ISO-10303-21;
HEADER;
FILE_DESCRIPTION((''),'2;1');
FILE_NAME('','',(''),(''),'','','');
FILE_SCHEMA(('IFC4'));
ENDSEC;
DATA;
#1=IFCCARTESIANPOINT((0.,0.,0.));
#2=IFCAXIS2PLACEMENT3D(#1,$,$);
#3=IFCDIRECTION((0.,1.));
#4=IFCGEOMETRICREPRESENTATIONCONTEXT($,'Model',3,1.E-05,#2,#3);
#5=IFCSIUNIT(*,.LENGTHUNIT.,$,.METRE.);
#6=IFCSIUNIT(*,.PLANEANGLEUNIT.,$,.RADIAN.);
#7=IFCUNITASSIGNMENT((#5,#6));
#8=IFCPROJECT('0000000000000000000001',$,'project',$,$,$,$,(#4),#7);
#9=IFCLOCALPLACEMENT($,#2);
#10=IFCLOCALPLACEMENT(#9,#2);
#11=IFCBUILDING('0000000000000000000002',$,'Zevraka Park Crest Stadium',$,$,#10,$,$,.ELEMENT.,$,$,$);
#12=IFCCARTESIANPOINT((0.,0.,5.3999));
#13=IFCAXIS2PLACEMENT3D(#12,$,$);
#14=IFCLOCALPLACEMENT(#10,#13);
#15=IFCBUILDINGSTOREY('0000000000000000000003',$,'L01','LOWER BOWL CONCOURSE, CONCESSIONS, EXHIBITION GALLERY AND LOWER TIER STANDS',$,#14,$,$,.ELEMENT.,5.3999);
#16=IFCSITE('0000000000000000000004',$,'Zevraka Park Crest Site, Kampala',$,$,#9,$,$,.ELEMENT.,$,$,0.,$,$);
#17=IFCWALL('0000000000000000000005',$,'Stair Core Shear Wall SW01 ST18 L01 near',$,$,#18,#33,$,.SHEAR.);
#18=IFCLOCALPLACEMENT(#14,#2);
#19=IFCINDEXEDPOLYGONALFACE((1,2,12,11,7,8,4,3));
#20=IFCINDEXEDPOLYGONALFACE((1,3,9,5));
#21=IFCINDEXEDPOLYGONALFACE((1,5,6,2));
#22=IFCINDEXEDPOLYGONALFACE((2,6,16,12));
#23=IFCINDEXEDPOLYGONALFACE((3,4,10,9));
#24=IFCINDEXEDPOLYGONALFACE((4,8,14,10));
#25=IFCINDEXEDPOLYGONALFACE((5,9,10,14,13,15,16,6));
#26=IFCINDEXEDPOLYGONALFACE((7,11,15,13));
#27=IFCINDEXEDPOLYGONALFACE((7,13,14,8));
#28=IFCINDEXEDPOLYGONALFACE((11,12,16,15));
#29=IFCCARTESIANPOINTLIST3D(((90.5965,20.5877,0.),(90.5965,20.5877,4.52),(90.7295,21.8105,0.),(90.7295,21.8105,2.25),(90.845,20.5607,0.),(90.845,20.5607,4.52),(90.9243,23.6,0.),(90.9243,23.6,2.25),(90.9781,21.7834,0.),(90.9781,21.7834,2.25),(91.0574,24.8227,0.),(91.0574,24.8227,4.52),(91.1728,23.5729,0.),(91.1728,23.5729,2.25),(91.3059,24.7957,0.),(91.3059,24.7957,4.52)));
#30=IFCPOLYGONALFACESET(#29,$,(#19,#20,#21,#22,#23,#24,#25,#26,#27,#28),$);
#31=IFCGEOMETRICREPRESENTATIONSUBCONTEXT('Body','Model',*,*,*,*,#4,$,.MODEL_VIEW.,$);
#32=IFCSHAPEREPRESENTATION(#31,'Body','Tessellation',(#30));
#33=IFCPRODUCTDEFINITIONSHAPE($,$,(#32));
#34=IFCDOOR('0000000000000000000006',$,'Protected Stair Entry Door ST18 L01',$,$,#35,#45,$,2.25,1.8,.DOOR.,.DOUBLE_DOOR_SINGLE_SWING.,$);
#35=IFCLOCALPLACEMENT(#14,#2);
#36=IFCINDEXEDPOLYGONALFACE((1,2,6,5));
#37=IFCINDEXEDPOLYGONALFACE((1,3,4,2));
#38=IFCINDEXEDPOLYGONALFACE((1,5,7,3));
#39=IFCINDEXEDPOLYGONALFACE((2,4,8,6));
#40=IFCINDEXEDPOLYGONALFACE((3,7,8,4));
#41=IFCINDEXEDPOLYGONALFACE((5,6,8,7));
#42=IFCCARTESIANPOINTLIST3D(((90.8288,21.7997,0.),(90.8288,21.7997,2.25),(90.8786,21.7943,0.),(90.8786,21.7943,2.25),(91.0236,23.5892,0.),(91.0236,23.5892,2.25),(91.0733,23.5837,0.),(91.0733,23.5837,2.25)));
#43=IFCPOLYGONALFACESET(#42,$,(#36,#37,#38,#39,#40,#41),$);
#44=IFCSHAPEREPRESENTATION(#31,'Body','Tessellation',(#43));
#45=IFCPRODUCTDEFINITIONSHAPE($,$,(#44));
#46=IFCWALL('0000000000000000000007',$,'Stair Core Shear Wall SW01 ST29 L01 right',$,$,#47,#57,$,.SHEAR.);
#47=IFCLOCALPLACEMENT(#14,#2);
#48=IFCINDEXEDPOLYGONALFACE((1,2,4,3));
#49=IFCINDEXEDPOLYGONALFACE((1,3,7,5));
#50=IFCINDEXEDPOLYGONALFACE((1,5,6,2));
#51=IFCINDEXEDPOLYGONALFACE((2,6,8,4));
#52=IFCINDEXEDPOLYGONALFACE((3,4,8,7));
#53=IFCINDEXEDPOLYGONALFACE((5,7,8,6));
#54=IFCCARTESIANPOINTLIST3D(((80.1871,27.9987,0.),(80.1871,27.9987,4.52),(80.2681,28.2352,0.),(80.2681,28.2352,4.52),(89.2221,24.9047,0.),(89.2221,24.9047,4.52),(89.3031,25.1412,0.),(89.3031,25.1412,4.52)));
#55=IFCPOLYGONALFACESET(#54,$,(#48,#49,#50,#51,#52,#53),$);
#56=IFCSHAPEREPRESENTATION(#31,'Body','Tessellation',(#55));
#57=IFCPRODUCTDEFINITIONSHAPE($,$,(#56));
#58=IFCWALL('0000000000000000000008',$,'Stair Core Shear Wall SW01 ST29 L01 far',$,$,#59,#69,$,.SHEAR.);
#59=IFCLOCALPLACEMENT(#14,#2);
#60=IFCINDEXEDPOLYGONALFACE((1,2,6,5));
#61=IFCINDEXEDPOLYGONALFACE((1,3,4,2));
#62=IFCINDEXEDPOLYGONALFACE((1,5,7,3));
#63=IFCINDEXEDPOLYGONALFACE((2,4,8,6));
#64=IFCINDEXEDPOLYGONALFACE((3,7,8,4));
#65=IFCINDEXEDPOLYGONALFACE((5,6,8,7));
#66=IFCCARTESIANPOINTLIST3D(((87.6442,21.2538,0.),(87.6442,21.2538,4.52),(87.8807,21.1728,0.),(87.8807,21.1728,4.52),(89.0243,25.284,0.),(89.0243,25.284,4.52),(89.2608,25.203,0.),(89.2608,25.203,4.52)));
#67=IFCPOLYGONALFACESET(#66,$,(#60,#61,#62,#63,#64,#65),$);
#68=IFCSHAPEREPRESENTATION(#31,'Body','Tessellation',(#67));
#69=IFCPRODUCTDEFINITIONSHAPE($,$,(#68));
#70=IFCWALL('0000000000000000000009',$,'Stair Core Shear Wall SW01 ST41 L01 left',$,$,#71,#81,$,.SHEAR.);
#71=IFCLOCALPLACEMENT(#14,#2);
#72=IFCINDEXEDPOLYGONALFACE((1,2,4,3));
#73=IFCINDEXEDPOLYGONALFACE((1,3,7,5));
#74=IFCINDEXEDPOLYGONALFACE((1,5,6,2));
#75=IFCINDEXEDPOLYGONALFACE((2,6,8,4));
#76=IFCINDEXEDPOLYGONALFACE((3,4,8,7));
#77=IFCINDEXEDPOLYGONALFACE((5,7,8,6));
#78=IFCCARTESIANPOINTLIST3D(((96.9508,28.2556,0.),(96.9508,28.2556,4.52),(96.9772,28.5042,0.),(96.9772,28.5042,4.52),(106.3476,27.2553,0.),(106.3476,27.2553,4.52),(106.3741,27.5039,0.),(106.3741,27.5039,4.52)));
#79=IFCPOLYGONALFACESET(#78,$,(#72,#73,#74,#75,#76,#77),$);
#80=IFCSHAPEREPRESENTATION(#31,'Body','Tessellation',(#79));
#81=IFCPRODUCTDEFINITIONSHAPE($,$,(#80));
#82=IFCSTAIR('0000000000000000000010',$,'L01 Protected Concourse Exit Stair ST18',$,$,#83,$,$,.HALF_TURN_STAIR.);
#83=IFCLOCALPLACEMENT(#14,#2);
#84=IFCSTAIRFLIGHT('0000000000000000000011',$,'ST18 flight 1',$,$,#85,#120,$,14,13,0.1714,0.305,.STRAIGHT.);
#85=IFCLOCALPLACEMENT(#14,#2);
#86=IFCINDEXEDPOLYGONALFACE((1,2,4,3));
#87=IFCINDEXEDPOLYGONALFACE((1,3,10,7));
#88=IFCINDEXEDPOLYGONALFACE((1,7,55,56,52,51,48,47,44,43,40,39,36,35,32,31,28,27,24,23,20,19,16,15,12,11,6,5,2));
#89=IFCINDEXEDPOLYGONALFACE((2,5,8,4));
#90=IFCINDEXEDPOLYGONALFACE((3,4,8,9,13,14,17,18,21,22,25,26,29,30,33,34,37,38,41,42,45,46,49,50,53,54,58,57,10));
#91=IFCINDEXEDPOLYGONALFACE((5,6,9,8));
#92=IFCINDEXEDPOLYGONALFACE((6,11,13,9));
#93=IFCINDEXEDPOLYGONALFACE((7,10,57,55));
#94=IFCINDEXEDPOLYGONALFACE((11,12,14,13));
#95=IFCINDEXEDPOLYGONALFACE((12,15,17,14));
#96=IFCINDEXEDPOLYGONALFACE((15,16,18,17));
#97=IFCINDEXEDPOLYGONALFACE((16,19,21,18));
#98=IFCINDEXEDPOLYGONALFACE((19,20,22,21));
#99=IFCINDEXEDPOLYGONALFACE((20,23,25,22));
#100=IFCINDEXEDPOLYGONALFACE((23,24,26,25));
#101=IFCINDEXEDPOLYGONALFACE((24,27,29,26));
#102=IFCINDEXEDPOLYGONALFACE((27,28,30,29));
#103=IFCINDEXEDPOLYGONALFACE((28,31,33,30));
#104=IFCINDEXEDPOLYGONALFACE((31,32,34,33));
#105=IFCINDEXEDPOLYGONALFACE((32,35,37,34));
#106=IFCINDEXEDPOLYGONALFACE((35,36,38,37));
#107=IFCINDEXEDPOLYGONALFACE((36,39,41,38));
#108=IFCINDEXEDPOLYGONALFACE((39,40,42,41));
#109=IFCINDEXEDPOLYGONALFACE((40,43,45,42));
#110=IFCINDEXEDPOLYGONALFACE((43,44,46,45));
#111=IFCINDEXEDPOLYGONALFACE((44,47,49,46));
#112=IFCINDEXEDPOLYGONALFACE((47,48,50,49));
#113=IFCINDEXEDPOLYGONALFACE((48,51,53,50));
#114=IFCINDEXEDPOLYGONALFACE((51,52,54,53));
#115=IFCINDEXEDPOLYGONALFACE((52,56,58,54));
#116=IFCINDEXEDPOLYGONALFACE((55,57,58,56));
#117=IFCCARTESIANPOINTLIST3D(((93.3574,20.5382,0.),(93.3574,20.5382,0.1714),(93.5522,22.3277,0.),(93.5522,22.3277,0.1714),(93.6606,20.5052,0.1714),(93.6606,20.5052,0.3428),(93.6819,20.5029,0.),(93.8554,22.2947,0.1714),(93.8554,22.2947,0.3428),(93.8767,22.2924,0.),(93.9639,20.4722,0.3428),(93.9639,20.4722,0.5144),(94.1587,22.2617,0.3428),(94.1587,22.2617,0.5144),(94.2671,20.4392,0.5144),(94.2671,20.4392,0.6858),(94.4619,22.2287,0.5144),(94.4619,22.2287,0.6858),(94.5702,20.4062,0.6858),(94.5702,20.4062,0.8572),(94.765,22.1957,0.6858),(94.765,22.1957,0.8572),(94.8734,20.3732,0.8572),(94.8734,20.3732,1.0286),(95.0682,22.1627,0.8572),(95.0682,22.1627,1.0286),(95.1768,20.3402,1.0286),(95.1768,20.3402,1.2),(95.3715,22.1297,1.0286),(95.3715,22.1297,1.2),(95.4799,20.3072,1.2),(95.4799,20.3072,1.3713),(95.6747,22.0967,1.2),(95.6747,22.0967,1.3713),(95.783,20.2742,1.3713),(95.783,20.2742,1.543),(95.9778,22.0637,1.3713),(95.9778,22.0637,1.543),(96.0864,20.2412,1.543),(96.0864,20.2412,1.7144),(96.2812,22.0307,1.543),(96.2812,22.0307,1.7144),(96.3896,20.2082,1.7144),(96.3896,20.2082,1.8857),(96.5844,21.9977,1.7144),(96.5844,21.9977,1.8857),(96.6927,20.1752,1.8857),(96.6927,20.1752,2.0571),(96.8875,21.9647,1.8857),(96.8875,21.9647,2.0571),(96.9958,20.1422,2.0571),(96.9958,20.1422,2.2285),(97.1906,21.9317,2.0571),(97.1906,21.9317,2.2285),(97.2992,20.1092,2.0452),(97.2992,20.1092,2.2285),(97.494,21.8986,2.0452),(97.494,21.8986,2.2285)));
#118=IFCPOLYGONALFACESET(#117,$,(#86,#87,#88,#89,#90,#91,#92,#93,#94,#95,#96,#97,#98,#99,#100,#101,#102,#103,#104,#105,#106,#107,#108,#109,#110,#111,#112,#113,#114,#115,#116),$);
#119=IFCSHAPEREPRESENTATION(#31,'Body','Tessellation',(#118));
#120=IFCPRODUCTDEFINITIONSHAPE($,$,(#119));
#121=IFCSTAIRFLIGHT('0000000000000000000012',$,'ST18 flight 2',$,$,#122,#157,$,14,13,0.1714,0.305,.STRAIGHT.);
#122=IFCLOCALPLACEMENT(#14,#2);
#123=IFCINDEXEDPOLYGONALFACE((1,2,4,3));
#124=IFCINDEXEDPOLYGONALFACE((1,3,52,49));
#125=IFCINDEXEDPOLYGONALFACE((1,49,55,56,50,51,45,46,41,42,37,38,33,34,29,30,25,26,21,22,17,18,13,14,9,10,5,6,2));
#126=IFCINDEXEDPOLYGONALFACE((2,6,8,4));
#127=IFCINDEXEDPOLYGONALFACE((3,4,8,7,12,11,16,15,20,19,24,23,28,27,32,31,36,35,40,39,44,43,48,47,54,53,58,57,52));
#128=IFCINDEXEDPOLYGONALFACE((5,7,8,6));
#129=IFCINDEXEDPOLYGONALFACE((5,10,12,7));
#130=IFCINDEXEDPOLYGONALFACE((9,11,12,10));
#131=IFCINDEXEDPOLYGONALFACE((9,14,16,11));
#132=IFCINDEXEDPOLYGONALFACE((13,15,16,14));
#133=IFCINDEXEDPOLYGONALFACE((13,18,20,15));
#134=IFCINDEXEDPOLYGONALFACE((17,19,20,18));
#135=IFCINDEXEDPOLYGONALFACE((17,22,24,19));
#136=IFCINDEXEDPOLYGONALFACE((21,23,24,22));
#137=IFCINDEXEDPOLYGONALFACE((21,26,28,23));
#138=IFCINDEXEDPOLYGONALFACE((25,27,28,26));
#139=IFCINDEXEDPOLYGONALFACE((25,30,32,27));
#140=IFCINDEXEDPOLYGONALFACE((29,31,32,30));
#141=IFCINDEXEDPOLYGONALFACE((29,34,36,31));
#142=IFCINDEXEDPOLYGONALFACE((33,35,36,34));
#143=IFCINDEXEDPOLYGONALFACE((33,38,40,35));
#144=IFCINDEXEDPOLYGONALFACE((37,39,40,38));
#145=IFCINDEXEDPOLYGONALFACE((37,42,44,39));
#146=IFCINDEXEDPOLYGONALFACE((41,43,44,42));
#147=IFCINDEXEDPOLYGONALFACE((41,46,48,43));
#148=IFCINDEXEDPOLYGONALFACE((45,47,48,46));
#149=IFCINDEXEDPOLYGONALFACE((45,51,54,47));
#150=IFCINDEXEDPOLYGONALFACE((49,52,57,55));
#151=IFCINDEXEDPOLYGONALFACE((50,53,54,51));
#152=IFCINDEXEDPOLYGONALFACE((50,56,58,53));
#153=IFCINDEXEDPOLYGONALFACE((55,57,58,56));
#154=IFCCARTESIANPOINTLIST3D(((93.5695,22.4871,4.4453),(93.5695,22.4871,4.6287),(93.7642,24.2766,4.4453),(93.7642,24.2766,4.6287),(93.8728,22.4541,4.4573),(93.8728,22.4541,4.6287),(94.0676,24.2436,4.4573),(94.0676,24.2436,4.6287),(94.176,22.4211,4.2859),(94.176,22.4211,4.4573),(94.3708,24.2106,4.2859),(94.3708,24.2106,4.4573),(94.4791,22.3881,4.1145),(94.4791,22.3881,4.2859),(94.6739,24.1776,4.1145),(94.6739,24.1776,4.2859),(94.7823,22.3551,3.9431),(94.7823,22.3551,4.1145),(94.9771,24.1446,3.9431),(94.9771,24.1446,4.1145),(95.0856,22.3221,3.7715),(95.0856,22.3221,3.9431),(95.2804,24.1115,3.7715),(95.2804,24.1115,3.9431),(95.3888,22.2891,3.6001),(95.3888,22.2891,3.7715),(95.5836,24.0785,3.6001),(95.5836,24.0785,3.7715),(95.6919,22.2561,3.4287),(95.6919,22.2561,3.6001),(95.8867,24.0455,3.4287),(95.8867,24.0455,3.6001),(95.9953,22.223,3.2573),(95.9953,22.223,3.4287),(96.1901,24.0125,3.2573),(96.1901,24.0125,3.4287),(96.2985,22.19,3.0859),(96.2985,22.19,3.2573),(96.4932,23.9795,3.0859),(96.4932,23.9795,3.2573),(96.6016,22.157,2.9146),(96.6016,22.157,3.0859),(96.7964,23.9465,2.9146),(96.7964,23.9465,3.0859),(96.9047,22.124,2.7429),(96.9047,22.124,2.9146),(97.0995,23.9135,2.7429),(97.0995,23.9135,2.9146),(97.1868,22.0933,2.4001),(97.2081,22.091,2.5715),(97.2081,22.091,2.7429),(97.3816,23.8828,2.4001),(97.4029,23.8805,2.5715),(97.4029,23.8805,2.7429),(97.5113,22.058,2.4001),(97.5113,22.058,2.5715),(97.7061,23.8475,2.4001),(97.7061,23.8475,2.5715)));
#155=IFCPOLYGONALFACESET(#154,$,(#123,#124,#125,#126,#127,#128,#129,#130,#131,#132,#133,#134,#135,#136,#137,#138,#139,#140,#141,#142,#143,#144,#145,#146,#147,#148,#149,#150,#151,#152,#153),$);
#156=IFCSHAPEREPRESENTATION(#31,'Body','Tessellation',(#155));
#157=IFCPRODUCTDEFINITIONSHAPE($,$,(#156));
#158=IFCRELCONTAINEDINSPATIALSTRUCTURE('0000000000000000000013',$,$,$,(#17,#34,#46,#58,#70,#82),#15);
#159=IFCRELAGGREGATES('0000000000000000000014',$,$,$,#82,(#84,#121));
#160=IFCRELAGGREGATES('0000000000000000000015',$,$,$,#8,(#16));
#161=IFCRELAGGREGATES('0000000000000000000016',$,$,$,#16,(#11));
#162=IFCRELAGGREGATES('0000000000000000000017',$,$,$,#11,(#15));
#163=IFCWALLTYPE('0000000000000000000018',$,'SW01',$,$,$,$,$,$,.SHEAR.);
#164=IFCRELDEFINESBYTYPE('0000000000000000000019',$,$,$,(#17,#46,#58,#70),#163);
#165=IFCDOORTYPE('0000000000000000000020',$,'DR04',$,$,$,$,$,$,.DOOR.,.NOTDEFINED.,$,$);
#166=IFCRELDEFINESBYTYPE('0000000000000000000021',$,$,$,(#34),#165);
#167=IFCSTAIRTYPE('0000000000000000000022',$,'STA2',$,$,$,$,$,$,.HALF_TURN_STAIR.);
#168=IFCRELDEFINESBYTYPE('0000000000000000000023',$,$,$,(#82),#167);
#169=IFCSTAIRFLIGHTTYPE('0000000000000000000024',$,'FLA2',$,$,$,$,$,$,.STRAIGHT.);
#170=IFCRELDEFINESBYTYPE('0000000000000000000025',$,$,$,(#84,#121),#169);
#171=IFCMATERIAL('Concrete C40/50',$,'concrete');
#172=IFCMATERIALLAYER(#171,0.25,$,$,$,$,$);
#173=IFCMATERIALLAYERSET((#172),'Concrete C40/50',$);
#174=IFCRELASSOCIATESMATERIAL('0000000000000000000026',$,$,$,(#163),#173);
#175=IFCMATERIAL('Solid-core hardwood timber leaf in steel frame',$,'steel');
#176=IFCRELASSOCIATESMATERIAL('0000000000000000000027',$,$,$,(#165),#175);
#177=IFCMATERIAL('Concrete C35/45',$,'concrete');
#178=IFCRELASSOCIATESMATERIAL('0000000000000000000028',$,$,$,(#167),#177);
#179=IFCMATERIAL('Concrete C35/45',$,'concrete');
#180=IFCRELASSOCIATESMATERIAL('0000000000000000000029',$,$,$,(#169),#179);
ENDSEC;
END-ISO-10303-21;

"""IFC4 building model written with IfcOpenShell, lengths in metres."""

from ifc_helpers import new_model, si_unit, direction, frame, frame_2d, origin, place, context, subcontext, project, spatial, polyline, rectangle, outline, extrude, material, layer, layer_set, type_object, element, fill, aggregate, save


model = new_model("IFC4")

# Units and contexts
model_context = context("Model", 3, precision=1e-05, world=origin(), true_north=direction((0.0, 1.0)))
body_context = subcontext(model_context, "Body", "Model", "MODEL_VIEW")
ifc_project = project(units=[si_unit("LENGTHUNIT", "METRE"), si_unit("PLANEANGLEUNIT", "RADIAN")], contexts=[model_context])

# Site, building, storey
site_placement = place(None, origin())
site = spatial("IfcSite", under=ifc_project, at=site_placement, Name="Zevraka Park Crest Site, Kampala", CompositionType="ELEMENT", RefElevation=0.0)
building_placement = place(site_placement, origin())
building = spatial("IfcBuilding", under=site, at=building_placement, Name="Zevraka Park Crest Stadium", CompositionType="ELEMENT")
storey_placement = place(building_placement, frame((0.0, 0.0, 5.3999)))
storey = spatial("IfcBuildingStorey", under=building, at=storey_placement, Name="L01", Description="LOWER BOWL CONCOURSE, CONCESSIONS, EXHIBITION GALLERY AND LOWER TIER STANDS", CompositionType="ELEMENT", Elevation=5.3999)

# Shared definitions
ifc_material_1 = material(Name="Concrete C40/50", Category="concrete")
ifc_layer_1 = layer(ifc_material_1, 0.25)
ifc_layer_set_1 = layer_set([ifc_layer_1], Name="Concrete C40/50")
wall_type_1 = type_object("IfcWallType", Name="SW01", PredefinedType="SHEAR", material=ifc_layer_set_1)

# Wall, opening, door
wall_1_placement = place(storey_placement, frame((91.1816, 24.8091, 0.0), z_axis=(0.0, 0.0, 1.0), x_axis=(-0.108198, -0.994129, 0.0)))
wall_1 = element("IfcWall", 1, at=wall_1_placement, inside=storey, type_object=wall_type_1, Name="Stair Core Shear Wall SW01 ST18 L01 near", PredefinedType="SHEAR", context=body_context, shape_type="SweptSolid", body=[
    extrude(rectangle(XDim=4.26, YDim=0.25, at=frame_2d((2.1299, 0.0))), origin(), (0.0, 0.0, 1.0), 4.52),
])
opening_1_placement = place(wall_1_placement, frame((1.23, 0.0, 0.0)))
opening_1 = element("IfcOpeningElement", 2, at=opening_1_placement, cuts=wall_1, PredefinedType="OPENING", context=body_context, shape_type="SweptSolid", body=[
    extrude(rectangle(XDim=1.8, YDim=2.25, at=frame_2d((0.8999, 1.125))), frame((0.0, 0.135, 0.0), z_axis=(0.0, -1.0, 0.0), x_axis=(1.0, 0.0, 0.0)), (0.0, 0.0, 1.0), 0.27),
])
ifc_material_2 = material(Name="Solid-core hardwood timber leaf in steel frame", Category="steel")
door_type_1 = type_object("IfcDoorType", Name="DR04", OperationType="NOTDEFINED", PredefinedType="DOOR", material=ifc_material_2)
door_1_placement = place(opening_1_placement, origin())
door_1 = element("IfcDoor", 3, at=door_1_placement, inside=storey, type_object=door_type_1, Name="Protected Stair Entry Door ST18 L01", OperationType="DOUBLE_DOOR_SINGLE_SWING", OverallHeight=2.25, OverallWidth=1.8, PredefinedType="DOOR", context=body_context, shape_type="SweptSolid", body=[
    extrude(rectangle(XDim=1.8, YDim=2.25, at=frame_2d((0.8999, 1.125))), frame((0.0, 0.0249, 0.0), z_axis=(0.0, -1.0, 0.0), x_axis=(1.0, 0.0, 0.0)), (0.0, 0.0, 1.0), 0.05),
])
fill(opening_1, door_1)

# Walls
wall_2_placement = place(storey_placement, frame((89.2625, 25.0229, 0.0), z_axis=(0.0, 0.0, 1.0), x_axis=(-0.946064, 0.323979, 0.0)))
element("IfcWall", 4, at=wall_2_placement, inside=storey, type_object=wall_type_1, Name="Stair Core Shear Wall SW01 ST29 L01 right", PredefinedType="SHEAR", context=body_context, shape_type="SweptSolid", body=[
    extrude(rectangle(XDim=9.55, YDim=0.25, at=frame_2d((4.7749, 0.0))), origin(), (0.0, 0.0, 1.0), 4.52),
])
wall_3_placement = place(storey_placement, frame((87.7625, 21.2134, 0.0), z_axis=(0.0, 0.0, 1.0), x_axis=(0.323971, 0.946067, 0.0)))
element("IfcWall", 5, at=wall_3_placement, inside=storey, type_object=wall_type_1, Name="Stair Core Shear Wall SW01 ST29 L01 far", PredefinedType="SHEAR", context=body_context, shape_type="SweptSolid", body=[
    extrude(rectangle(XDim=4.26, YDim=0.25, at=frame_2d((2.1299, 0.0))), origin(), (0.0, 0.0, 1.0), 4.52),
])
wall_4_placement = place(storey_placement, frame((96.9639, 28.3799, 0.0), z_axis=(0.0, 0.0, 1.0), x_axis=(0.994383, -0.105845, 0.0)))
element("IfcWall", 6, at=wall_4_placement, inside=storey, type_object=wall_type_1, Name="Stair Core Shear Wall SW01 ST41 L01 left", PredefinedType="SHEAR", context=body_context, shape_type="SweptSolid", body=[
    extrude(rectangle(XDim=9.45, YDim=0.25, at=frame_2d((4.7251, 0.0))), origin(), (0.0, 0.0, 1.0), 4.52),
])

# Stair, stair flights
ifc_material_3 = material(Name="Concrete C35/45", Category="concrete")
stair_type = type_object("IfcStairType", Name="STA2", PredefinedType="HALF_TURN_STAIR", material=ifc_material_3)
stair_placement = place(storey_placement, origin())
stair = element("IfcStair", 7, at=stair_placement, inside=storey, type_object=stair_type, Name="L01 Protected Concourse Exit Stair ST18", PredefinedType="HALF_TURN_STAIR")
ifc_material_4 = material(Name="Concrete C35/45", Category="concrete")
stair_flight_type = type_object("IfcStairFlightType", Name="FLA2", PredefinedType="STRAIGHT", material=ifc_material_4)
stair_flight_1_placement = place(storey_placement, frame((93.4548, 21.4331, 0.0), z_axis=(0.0, 0.0, 1.0), x_axis=(0.994128, -0.108215, 0.0)))
stair_flight_1 = element("IfcStairFlight", 8, at=stair_flight_1_placement, type_object=stair_flight_type, Name="ST18 flight 1", NumberOfRisers=14, NumberOfTreads=13, PredefinedType="STRAIGHT", RiserHeight=0.1714, TreadLength=0.305, context=body_context, shape_type="SweptSolid", body=[
    extrude(outline(polyline([(0.0, 0.0), (0.0, 0.1714), (0.3049, 0.1714), (0.3049, 0.3428), (0.6101, 0.3428), (0.6101, 0.5144), (0.915, 0.5144), (0.915, 0.6858), (1.22, 0.6858), (1.22, 0.8572), (1.5249, 0.8572), (1.5249, 1.0286), (1.8301, 1.0286), (1.8301, 1.2), (2.135, 1.2), (2.135, 1.3713), (2.4399, 1.3713), (2.4399, 1.543), (2.7451, 1.543), (2.7451, 1.7144), (3.05, 1.7144), (3.05, 1.8857), (3.355, 1.8857), (3.355, 2.0571), (3.6599, 2.0571), (3.6599, 2.2285), (3.9651, 2.2285), (3.9651, 2.3999), (3.9651, 2.0452), (0.3264, 0.0), (0.0, 0.0)])), frame((0.0, 0.8999, 0.0), z_axis=(0.0, -1.0, 0.0), x_axis=(1.0, 0.0, 0.0)), (0.0, 0.0, 1.0), 1.8),
])
stair_flight_2_placement = place(storey_placement, frame((97.6086, 22.9526, 2.4001), z_axis=(0.0, 0.0, 1.0), x_axis=(-0.994128, 0.108215, 0.0)))
stair_flight_2 = element("IfcStairFlight", 9, at=stair_flight_2_placement, type_object=stair_flight_type, Name="ST18 flight 2", NumberOfRisers=14, NumberOfTreads=13, PredefinedType="STRAIGHT", RiserHeight=0.1714, TreadLength=0.305, context=body_context, shape_type="SweptSolid", body=[
    extrude(outline(polyline([(0.0, 0.0), (0.0, 0.1714), (0.3049, 0.1714), (0.3049, 0.3428), (0.6101, 0.3428), (0.6101, 0.5144), (0.915, 0.5144), (0.915, 0.6858), (1.22, 0.6858), (1.22, 0.8572), (1.5249, 0.8572), (1.5249, 1.0286), (1.8301, 1.0286), (1.8301, 1.2), (2.135, 1.2), (2.135, 1.3713), (2.4399, 1.3713), (2.4399, 1.543), (2.7451, 1.543), (2.7451, 1.7144), (3.05, 1.7144), (3.05, 1.8857), (3.355, 1.8857), (3.355, 2.0571), (3.6599, 2.0571), (3.6599, 2.2285), (3.9651, 2.2285), (3.9651, 2.3999), (3.9651, 2.0452), (0.3264, 0.0), (0.0, 0.0)])), frame((0.0, 0.8999, 0.0), z_axis=(0.0, -1.0, 0.0), x_axis=(1.0, 0.0, 0.0)), (0.0, 0.0, 1.0), 1.8),
])
aggregate(stair, [stair_flight_1, stair_flight_2])

save(model, "model.ifc")
